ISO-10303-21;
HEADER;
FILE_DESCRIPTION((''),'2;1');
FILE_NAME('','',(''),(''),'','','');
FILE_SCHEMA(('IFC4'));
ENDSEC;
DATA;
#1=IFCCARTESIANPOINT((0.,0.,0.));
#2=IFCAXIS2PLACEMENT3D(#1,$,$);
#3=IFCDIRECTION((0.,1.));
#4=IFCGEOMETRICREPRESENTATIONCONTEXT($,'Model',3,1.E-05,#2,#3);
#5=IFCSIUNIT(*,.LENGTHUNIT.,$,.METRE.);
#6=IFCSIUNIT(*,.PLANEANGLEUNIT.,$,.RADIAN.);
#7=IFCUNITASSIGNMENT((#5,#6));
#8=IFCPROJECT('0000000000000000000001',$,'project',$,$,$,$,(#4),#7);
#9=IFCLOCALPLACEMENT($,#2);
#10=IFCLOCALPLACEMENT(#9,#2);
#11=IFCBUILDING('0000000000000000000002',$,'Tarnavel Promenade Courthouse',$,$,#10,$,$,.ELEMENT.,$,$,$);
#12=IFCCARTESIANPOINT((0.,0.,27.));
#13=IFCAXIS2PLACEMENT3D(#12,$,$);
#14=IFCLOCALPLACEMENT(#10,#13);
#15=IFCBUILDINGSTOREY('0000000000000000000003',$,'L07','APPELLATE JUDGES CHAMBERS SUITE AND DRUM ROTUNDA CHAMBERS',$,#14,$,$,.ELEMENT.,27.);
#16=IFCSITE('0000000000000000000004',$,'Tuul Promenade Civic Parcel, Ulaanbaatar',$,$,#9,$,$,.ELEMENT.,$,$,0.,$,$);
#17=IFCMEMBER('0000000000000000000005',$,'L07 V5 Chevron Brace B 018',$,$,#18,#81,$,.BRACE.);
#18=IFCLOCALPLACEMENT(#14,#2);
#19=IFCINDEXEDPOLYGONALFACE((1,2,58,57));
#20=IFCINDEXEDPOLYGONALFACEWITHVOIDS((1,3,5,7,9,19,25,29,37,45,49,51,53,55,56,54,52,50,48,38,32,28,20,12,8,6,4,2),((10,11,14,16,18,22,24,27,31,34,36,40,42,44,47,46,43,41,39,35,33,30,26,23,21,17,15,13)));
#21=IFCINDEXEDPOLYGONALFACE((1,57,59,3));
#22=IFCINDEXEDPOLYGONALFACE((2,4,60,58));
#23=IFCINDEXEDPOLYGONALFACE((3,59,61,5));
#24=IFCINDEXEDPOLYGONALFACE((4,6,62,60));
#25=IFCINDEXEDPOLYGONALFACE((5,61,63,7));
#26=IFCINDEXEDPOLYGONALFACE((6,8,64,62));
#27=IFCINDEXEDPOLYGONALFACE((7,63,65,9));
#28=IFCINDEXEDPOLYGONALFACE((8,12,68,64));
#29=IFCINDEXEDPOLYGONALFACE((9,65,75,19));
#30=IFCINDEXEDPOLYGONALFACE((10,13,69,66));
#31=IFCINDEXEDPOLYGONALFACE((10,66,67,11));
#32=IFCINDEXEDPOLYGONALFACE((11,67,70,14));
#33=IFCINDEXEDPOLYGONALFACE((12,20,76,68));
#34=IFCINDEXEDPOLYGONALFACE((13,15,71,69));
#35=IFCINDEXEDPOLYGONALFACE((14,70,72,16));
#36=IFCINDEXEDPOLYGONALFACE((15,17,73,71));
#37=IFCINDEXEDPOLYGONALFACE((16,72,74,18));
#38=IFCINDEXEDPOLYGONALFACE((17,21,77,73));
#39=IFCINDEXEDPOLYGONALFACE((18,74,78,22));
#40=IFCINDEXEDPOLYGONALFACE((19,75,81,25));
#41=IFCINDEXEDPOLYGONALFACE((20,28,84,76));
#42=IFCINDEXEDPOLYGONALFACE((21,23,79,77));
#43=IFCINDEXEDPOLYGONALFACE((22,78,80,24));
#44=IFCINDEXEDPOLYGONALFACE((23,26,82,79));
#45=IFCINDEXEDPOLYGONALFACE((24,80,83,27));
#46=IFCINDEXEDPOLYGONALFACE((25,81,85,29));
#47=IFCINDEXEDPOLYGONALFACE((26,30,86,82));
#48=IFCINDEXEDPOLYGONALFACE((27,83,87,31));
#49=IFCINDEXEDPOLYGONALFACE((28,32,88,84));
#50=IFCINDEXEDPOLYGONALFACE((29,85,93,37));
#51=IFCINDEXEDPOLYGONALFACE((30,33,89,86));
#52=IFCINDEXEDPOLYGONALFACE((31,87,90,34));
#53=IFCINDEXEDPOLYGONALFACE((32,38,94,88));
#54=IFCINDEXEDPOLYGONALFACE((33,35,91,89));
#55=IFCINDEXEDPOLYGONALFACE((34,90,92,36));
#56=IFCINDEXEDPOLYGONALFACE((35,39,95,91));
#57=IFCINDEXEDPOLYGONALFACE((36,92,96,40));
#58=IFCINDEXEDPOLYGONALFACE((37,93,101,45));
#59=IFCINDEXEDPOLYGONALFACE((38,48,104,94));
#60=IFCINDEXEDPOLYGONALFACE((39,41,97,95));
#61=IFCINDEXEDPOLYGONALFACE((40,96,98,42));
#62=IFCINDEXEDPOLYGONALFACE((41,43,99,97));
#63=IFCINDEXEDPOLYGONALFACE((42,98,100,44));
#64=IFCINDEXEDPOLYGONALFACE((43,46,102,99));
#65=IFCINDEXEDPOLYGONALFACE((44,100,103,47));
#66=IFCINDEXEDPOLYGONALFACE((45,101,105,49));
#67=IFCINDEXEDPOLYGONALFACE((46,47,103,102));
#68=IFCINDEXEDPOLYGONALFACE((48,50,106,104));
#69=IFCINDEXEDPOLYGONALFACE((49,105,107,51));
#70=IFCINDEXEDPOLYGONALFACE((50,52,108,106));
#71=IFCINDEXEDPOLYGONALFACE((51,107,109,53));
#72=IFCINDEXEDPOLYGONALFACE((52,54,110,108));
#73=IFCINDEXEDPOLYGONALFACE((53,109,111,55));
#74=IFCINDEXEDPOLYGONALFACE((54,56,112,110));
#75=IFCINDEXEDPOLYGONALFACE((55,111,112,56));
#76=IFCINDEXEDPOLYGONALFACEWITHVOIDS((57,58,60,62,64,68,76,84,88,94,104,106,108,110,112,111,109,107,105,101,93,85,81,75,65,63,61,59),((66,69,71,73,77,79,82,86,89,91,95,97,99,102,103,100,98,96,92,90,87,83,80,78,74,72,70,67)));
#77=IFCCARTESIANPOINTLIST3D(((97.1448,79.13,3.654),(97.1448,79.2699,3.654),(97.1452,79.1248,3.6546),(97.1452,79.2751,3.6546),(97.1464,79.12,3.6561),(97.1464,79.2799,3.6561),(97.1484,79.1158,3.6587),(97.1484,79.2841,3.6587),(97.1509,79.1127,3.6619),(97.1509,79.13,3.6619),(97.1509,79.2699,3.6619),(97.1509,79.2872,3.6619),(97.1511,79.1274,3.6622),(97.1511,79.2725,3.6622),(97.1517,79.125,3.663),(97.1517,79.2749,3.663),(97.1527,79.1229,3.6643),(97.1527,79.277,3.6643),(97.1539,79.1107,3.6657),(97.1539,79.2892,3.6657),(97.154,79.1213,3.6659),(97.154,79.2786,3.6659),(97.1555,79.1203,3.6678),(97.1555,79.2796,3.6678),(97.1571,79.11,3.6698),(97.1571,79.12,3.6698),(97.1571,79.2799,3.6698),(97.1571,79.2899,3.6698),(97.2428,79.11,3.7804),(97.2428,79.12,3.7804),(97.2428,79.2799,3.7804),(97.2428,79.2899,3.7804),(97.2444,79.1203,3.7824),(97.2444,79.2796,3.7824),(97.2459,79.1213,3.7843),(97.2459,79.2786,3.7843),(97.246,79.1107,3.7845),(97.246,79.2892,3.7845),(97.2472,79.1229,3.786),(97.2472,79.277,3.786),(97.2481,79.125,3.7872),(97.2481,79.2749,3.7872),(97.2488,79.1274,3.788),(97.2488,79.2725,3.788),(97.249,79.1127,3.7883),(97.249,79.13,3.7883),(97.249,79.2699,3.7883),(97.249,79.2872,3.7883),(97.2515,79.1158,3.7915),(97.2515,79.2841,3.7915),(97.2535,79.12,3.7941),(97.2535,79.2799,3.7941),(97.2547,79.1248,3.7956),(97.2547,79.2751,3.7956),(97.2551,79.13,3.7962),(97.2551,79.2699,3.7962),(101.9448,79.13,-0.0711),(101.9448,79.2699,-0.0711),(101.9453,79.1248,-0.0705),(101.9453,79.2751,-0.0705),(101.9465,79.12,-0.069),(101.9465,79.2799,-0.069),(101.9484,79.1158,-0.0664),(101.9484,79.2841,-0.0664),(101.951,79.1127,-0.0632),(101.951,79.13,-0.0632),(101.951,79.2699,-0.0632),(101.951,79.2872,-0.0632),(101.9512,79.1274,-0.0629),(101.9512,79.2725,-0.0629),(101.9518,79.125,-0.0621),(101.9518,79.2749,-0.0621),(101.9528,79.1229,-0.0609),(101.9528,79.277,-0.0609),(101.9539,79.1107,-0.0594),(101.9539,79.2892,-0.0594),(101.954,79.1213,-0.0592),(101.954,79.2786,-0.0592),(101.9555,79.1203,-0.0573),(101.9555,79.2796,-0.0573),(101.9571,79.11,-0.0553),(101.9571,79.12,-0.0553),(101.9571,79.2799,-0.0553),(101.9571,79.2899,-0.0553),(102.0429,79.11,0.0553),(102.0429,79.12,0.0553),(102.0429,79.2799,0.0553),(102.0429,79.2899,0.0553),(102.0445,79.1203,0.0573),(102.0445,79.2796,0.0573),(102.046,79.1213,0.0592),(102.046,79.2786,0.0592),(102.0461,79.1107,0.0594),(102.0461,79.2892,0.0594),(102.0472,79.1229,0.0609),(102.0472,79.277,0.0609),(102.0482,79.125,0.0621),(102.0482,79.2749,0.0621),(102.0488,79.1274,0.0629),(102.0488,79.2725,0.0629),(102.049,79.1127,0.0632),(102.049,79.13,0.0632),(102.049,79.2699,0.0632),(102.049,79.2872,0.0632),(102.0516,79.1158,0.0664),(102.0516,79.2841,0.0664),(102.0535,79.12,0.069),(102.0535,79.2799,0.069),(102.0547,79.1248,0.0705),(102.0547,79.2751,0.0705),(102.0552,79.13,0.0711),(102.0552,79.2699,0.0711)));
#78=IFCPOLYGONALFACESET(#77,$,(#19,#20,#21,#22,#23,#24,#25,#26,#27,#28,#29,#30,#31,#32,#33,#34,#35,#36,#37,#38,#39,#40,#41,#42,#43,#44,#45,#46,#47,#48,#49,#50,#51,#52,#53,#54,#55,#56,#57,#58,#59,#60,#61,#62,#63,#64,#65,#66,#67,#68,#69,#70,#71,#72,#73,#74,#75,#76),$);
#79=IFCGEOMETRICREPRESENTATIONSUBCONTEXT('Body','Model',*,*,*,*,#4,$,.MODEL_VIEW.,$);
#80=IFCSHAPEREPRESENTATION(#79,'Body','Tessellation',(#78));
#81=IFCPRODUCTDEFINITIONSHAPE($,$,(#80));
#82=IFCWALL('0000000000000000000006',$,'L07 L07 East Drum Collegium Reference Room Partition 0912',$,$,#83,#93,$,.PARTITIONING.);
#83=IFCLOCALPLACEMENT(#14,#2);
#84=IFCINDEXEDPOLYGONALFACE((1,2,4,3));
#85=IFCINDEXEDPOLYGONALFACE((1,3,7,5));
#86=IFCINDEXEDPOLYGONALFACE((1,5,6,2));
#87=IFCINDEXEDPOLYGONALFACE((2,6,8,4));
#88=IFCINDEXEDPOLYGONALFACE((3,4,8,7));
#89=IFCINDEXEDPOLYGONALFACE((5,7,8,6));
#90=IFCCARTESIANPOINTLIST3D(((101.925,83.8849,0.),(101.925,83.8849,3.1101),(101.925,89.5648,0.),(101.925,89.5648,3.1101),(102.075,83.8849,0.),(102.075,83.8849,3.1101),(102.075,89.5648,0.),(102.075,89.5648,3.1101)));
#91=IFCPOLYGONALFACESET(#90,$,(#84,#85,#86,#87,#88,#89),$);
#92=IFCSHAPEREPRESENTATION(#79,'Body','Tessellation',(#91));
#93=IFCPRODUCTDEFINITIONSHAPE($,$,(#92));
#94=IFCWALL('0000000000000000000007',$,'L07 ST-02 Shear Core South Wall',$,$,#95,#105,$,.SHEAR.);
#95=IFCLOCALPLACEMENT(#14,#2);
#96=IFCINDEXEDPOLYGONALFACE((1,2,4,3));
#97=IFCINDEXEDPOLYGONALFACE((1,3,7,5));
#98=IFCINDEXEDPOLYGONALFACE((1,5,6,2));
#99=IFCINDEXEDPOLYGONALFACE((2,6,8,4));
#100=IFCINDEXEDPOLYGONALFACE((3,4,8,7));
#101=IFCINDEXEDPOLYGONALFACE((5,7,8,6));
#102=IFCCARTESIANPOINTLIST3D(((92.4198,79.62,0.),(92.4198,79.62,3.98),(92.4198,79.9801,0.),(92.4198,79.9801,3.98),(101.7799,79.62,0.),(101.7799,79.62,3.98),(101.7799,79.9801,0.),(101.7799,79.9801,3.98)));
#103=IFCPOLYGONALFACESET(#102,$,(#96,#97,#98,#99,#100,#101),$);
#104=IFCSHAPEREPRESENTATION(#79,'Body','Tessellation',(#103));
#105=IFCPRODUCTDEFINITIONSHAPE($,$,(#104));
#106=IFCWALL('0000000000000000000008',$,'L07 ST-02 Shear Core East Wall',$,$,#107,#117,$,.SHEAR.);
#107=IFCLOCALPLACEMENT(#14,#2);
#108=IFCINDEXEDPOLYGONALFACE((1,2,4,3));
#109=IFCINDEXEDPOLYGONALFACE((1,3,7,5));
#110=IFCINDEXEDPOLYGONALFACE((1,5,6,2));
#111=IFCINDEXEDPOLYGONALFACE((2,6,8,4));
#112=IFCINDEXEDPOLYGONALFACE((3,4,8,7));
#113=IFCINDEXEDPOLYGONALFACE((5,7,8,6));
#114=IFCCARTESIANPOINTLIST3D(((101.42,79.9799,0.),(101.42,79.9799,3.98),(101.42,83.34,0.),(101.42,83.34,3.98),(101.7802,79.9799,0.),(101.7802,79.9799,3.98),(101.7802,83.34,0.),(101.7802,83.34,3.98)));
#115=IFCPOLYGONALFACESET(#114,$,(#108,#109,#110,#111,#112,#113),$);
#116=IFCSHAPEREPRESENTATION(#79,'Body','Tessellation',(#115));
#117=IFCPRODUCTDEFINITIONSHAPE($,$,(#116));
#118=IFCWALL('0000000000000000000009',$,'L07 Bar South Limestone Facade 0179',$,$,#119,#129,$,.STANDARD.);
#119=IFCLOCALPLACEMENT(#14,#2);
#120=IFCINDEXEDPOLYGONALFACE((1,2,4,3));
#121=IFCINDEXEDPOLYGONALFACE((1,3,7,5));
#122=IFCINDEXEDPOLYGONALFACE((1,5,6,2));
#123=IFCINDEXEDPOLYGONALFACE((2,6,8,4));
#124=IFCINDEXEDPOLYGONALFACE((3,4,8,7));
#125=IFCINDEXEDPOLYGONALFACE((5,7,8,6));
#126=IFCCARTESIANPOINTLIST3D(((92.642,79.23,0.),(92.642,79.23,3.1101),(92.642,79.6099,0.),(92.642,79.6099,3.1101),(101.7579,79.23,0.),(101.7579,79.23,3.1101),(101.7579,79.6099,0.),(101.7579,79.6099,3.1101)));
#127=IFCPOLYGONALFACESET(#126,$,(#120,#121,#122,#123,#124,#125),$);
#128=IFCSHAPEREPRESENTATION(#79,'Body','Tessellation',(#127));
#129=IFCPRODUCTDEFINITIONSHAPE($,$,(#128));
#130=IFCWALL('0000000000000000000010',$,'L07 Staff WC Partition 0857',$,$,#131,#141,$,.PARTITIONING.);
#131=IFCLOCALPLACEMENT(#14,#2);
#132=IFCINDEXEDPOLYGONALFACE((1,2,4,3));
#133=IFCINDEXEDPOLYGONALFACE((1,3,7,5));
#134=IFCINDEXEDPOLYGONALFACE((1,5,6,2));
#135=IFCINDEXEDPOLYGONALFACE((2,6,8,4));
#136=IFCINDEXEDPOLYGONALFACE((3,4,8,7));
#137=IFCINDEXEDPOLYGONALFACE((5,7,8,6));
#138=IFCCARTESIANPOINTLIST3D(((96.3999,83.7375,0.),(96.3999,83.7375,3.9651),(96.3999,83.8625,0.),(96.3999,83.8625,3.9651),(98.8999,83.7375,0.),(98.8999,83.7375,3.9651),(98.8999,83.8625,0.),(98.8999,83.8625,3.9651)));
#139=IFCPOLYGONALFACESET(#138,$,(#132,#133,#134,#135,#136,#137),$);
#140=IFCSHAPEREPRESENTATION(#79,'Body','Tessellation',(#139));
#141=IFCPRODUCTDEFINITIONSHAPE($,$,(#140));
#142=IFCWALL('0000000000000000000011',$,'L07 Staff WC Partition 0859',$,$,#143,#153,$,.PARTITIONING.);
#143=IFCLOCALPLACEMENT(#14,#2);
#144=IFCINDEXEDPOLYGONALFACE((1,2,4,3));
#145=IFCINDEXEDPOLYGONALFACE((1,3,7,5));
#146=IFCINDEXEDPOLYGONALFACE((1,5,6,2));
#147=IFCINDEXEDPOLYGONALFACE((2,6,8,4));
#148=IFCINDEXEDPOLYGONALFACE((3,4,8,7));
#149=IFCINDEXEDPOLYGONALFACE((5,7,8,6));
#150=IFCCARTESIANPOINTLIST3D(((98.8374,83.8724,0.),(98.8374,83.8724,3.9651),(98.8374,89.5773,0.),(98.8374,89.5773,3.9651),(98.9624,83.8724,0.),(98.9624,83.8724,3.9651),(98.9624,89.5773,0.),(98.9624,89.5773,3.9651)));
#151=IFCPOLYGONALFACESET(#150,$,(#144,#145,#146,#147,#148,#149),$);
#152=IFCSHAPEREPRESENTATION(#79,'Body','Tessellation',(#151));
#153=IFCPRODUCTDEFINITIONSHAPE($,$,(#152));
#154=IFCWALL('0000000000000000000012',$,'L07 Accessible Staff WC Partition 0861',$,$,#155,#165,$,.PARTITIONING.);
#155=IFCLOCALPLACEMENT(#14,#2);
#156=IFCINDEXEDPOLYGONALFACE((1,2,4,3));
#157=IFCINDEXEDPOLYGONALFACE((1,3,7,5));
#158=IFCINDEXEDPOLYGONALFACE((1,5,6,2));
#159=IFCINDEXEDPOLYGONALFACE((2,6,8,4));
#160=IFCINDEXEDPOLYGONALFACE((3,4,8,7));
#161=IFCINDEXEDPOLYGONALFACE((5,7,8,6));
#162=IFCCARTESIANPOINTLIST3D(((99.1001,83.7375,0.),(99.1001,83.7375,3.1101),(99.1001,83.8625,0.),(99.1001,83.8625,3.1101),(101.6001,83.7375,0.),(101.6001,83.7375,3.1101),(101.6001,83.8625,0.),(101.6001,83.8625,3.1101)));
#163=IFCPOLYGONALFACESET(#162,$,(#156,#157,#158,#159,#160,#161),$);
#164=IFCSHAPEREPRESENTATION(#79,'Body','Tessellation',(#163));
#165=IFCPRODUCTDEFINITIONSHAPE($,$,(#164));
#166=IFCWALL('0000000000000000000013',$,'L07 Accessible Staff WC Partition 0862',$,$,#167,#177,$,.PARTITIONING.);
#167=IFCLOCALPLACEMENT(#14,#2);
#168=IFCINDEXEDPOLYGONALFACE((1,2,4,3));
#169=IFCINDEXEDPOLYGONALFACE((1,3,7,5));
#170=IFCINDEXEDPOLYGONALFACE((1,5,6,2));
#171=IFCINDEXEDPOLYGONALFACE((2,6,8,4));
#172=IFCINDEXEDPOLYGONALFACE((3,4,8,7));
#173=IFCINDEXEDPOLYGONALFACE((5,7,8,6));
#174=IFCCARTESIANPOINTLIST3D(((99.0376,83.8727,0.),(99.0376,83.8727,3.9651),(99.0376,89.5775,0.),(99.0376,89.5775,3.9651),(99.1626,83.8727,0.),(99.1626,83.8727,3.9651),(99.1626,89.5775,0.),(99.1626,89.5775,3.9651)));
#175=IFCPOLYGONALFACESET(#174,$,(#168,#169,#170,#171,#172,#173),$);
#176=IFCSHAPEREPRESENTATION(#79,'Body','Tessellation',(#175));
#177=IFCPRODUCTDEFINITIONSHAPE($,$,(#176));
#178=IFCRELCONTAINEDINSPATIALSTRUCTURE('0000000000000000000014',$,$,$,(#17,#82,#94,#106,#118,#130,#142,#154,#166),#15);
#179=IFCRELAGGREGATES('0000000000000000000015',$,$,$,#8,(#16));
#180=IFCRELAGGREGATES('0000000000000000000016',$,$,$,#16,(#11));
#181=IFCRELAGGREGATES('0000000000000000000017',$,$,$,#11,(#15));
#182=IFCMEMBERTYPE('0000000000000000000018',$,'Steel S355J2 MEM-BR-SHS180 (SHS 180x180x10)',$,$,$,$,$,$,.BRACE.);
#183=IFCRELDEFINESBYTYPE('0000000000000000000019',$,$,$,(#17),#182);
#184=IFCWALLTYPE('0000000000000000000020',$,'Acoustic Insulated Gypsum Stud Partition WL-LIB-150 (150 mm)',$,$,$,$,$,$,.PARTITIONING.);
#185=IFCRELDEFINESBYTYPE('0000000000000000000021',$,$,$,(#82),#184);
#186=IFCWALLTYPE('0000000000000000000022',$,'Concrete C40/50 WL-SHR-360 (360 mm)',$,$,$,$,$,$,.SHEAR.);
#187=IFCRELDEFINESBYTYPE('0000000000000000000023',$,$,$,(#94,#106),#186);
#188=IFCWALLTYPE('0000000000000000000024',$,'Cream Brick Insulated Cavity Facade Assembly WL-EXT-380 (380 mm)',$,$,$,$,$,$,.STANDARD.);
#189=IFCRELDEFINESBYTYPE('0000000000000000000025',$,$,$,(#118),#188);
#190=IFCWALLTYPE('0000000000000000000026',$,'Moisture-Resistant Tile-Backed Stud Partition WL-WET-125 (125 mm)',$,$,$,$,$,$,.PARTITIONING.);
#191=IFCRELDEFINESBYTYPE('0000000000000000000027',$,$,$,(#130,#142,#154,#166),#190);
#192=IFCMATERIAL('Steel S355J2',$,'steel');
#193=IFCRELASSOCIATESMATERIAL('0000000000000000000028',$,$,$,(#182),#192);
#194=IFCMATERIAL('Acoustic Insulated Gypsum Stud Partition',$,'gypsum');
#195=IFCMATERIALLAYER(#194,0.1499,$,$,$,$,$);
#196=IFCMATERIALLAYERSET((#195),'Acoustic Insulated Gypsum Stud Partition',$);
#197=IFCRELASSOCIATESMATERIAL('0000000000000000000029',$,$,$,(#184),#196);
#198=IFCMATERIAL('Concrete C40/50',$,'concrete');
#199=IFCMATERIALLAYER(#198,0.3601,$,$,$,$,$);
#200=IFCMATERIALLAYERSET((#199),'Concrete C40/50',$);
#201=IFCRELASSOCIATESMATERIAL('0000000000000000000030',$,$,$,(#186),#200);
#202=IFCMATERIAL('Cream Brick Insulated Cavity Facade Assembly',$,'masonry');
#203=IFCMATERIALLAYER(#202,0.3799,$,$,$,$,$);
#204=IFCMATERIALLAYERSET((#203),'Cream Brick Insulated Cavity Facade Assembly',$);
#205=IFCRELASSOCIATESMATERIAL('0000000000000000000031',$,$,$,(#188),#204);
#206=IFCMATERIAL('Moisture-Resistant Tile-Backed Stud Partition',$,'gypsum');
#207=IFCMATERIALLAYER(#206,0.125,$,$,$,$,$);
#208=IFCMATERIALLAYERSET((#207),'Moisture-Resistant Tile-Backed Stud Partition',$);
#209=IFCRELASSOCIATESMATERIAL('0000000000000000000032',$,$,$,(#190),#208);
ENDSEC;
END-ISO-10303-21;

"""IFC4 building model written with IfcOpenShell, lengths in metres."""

from ifc_helpers import new_model, si_unit, direction, frame, frame_2d, origin, origin_2d, place, context, subcontext, project, spatial, rectangle, hollow_rectangle, extrude, material, layer, layer_set, material_profile, profile_set, type_object, element, save


model = new_model("IFC4")

# Units and contexts
model_context = context("Model", 3, precision=1e-05, world=origin(), true_north=direction((0.0, 1.0)))
body_context = subcontext(model_context, "Body", "Model", "MODEL_VIEW")
ifc_project = project(units=[si_unit("LENGTHUNIT", "METRE"), si_unit("PLANEANGLEUNIT", "RADIAN")], contexts=[model_context])

# Site, building, storey
site_placement = place(None, origin())
site = spatial("IfcSite", under=ifc_project, at=site_placement, Name="Tuul Promenade Civic Parcel, Ulaanbaatar", CompositionType="ELEMENT", RefElevation=0.0)
building_placement = place(site_placement, origin())
building = spatial("IfcBuilding", under=site, at=building_placement, Name="Tarnavel Promenade Courthouse", CompositionType="ELEMENT")
storey_placement = place(building_placement, frame((0.0, 0.0, 27.0)))
storey = spatial("IfcBuildingStorey", under=building, at=storey_placement, Name="L07", Description="APPELLATE JUDGES CHAMBERS SUITE AND DRUM ROTUNDA CHAMBERS", CompositionType="ELEMENT", Elevation=27.0)

# Shared definitions
ifc_material_1 = material(Name="Concrete C40/50", Category="concrete")

# Shared definitions
ifc_material_2 = material(Name="Steel S355J2", Category="steel")

# Member
ifc_material_profile_1 = material_profile(ifc_material_2, hollow_rectangle(XDim=0.1799, YDim=0.1799, WallThickness=0.01, InnerFilletRadius=0.01, OuterFilletRadius=0.02, at=origin_2d()), Name="SHS 180x180x10")
ifc_profile_set_1 = profile_set([ifc_material_profile_1], Name="Steel S355J2")
member_type = type_object("IfcMemberType", Name="Steel S355J2 MEM-BR-SHS180 (SHS 180x180x10)", PredefinedType="BRACE", material=ifc_profile_set_1)
member_placement = place(storey_placement, frame((102.0, 79.2, 0.0), z_axis=(-0.790012, 0.0, 0.613092), x_axis=(0.0, -1.0, 0.0)))
element("IfcMember", 1, at=member_placement, inside=storey, type_object=member_type, Name="L07 V5 Chevron Brace B 018", PredefinedType="BRACE", context=body_context, shape_type="SweptSolid", body=[
    extrude(hollow_rectangle(XDim=0.1799, YDim=0.1799, WallThickness=0.01, InnerFilletRadius=0.01, OuterFilletRadius=0.02, at=origin_2d()), origin(), (0.0, 0.0, 1.0), 6.0759),
])

# Walls
ifc_material_3 = material(Name="Acoustic Insulated Gypsum Stud Partition", Category="gypsum")
ifc_layer_1 = layer(ifc_material_3, 0.1499)
ifc_layer_set_1 = layer_set([ifc_layer_1], Name="Acoustic Insulated Gypsum Stud Partition")
wall_type_1 = type_object("IfcWallType", Name="Acoustic Insulated Gypsum Stud Partition WL-LIB-150 (150 mm)", PredefinedType="PARTITIONING", material=ifc_layer_set_1)
wall_1_placement = place(storey_placement, frame((102.0, 83.885, 0.0), z_axis=(0.0, 0.0, 1.0), x_axis=(0.0, 1.0, 0.0)))
element("IfcWall", 2, at=wall_1_placement, inside=storey, type_object=wall_type_1, Name="L07 L07 East Drum Collegium Reference Room Partition 0912", PredefinedType="PARTITIONING", context=body_context, shape_type="SweptSolid", body=[
    extrude(rectangle(XDim=5.6799, YDim=0.1499, at=frame_2d((2.8398, 0.0))), origin(), (0.0, 0.0, 1.0), 3.1101),
])
ifc_layer_2 = layer(ifc_material_1, 0.3601)
ifc_layer_set_2 = layer_set([ifc_layer_2], Name="Concrete C40/50")
wall_type_2 = type_object("IfcWallType", Name="Concrete C40/50 WL-SHR-360 (360 mm)", PredefinedType="SHEAR", material=ifc_layer_set_2)
wall_2_placement = place(storey_placement, frame((101.78, 79.8, 0.0), z_axis=(0.0, 0.0, 1.0), x_axis=(-1.0, 0.0, 0.0)))
element("IfcWall", 3, at=wall_2_placement, inside=storey, type_object=wall_type_2, Name="L07 ST-02 Shear Core South Wall", PredefinedType="SHEAR", context=body_context, shape_type="SweptSolid", body=[
    extrude(rectangle(XDim=9.3601, YDim=0.3601, at=frame_2d((4.6802, 0.0))), origin(), (0.0, 0.0, 1.0), 3.98),
])
wall_3_placement = place(storey_placement, frame((101.6001, 83.3401, 0.0), z_axis=(0.0, 0.0, 1.0), x_axis=(0.0, -1.0, 0.0)))
element("IfcWall", 4, at=wall_3_placement, inside=storey, type_object=wall_type_2, Name="L07 ST-02 Shear Core East Wall", PredefinedType="SHEAR", context=body_context, shape_type="SweptSolid", body=[
    extrude(rectangle(XDim=3.3601, YDim=0.3601, at=frame_2d((1.6802, 0.0))), origin(), (0.0, 0.0, 1.0), 3.98),
])
ifc_material_4 = material(Name="Cream Brick Insulated Cavity Facade Assembly", Category="masonry")
ifc_layer_3 = layer(ifc_material_4, 0.3799)
ifc_layer_set_3 = layer_set([ifc_layer_3], Name="Cream Brick Insulated Cavity Facade Assembly")
wall_type_3 = type_object("IfcWallType", Name="Cream Brick Insulated Cavity Facade Assembly WL-EXT-380 (380 mm)", PredefinedType="STANDARD", material=ifc_layer_set_3)
wall_4_placement = place(storey_placement, frame((101.7581, 79.4199, 0.0), z_axis=(0.0, 0.0, 1.0), x_axis=(-1.0, 0.0, 0.0)))
element("IfcWall", 5, at=wall_4_placement, inside=storey, type_object=wall_type_3, Name="L07 Bar South Limestone Facade 0179", PredefinedType="STANDARD", context=body_context, shape_type="SweptSolid", body=[
    extrude(rectangle(XDim=9.116, YDim=0.3799, at=frame_2d((4.5581, 0.0))), origin(), (0.0, 0.0, 1.0), 3.1101),
])
ifc_material_5 = material(Name="Moisture-Resistant Tile-Backed Stud Partition", Category="gypsum")
ifc_layer_4 = layer(ifc_material_5, 0.125)
ifc_layer_set_4 = layer_set([ifc_layer_4], Name="Moisture-Resistant Tile-Backed Stud Partition")
wall_type_4 = type_object("IfcWallType", Name="Moisture-Resistant Tile-Backed Stud Partition WL-WET-125 (125 mm)", PredefinedType="PARTITIONING", material=ifc_layer_set_4)
wall_5_placement = place(storey_placement, frame((98.8999, 83.8, 0.0), z_axis=(0.0, 0.0, 1.0), x_axis=(-1.0, 0.0, 0.0)))
element("IfcWall", 6, at=wall_5_placement, inside=storey, type_object=wall_type_4, Name="L07 Staff WC Partition 0857", PredefinedType="PARTITIONING", context=body_context, shape_type="SweptSolid", body=[
    extrude(rectangle(XDim=2.5, YDim=0.125, at=frame_2d((1.25, 0.0))), origin(), (0.0, 0.0, 1.0), 3.9651),
])
wall_6_placement = place(storey_placement, frame((98.8999, 89.5774, 0.0), z_axis=(0.0, 0.0, 1.0), x_axis=(0.0, -1.0, 0.0)))
element("IfcWall", 7, at=wall_6_placement, inside=storey, type_object=wall_type_4, Name="L07 Staff WC Partition 0859", PredefinedType="PARTITIONING", context=body_context, shape_type="SweptSolid", body=[
    extrude(rectangle(XDim=5.7048, YDim=0.125, at=frame_2d((2.8525, 0.0))), origin(), (0.0, 0.0, 1.0), 3.9651),
])
wall_7_placement = place(storey_placement, frame((101.6001, 83.8, 0.0), z_axis=(0.0, 0.0, 1.0), x_axis=(-1.0, 0.0, 0.0)))
element("IfcWall", 8, at=wall_7_placement, inside=storey, type_object=wall_type_4, Name="L07 Accessible Staff WC Partition 0861", PredefinedType="PARTITIONING", context=body_context, shape_type="SweptSolid", body=[
    extrude(rectangle(XDim=2.5, YDim=0.125, at=frame_2d((1.25, 0.0))), origin(), (0.0, 0.0, 1.0), 3.1101),
])
wall_8_placement = place(storey_placement, frame((99.1001, 83.8726, 0.0), z_axis=(0.0, 0.0, 1.0), x_axis=(0.0, 1.0, 0.0)))
element("IfcWall", 9, at=wall_8_placement, inside=storey, type_object=wall_type_4, Name="L07 Accessible Staff WC Partition 0862", PredefinedType="PARTITIONING", context=body_context, shape_type="SweptSolid", body=[
    extrude(rectangle(XDim=5.7048, YDim=0.125, at=frame_2d((2.8525, 0.0))), origin(), (0.0, 0.0, 1.0), 3.9651),
])

save(model, "model.ifc")
